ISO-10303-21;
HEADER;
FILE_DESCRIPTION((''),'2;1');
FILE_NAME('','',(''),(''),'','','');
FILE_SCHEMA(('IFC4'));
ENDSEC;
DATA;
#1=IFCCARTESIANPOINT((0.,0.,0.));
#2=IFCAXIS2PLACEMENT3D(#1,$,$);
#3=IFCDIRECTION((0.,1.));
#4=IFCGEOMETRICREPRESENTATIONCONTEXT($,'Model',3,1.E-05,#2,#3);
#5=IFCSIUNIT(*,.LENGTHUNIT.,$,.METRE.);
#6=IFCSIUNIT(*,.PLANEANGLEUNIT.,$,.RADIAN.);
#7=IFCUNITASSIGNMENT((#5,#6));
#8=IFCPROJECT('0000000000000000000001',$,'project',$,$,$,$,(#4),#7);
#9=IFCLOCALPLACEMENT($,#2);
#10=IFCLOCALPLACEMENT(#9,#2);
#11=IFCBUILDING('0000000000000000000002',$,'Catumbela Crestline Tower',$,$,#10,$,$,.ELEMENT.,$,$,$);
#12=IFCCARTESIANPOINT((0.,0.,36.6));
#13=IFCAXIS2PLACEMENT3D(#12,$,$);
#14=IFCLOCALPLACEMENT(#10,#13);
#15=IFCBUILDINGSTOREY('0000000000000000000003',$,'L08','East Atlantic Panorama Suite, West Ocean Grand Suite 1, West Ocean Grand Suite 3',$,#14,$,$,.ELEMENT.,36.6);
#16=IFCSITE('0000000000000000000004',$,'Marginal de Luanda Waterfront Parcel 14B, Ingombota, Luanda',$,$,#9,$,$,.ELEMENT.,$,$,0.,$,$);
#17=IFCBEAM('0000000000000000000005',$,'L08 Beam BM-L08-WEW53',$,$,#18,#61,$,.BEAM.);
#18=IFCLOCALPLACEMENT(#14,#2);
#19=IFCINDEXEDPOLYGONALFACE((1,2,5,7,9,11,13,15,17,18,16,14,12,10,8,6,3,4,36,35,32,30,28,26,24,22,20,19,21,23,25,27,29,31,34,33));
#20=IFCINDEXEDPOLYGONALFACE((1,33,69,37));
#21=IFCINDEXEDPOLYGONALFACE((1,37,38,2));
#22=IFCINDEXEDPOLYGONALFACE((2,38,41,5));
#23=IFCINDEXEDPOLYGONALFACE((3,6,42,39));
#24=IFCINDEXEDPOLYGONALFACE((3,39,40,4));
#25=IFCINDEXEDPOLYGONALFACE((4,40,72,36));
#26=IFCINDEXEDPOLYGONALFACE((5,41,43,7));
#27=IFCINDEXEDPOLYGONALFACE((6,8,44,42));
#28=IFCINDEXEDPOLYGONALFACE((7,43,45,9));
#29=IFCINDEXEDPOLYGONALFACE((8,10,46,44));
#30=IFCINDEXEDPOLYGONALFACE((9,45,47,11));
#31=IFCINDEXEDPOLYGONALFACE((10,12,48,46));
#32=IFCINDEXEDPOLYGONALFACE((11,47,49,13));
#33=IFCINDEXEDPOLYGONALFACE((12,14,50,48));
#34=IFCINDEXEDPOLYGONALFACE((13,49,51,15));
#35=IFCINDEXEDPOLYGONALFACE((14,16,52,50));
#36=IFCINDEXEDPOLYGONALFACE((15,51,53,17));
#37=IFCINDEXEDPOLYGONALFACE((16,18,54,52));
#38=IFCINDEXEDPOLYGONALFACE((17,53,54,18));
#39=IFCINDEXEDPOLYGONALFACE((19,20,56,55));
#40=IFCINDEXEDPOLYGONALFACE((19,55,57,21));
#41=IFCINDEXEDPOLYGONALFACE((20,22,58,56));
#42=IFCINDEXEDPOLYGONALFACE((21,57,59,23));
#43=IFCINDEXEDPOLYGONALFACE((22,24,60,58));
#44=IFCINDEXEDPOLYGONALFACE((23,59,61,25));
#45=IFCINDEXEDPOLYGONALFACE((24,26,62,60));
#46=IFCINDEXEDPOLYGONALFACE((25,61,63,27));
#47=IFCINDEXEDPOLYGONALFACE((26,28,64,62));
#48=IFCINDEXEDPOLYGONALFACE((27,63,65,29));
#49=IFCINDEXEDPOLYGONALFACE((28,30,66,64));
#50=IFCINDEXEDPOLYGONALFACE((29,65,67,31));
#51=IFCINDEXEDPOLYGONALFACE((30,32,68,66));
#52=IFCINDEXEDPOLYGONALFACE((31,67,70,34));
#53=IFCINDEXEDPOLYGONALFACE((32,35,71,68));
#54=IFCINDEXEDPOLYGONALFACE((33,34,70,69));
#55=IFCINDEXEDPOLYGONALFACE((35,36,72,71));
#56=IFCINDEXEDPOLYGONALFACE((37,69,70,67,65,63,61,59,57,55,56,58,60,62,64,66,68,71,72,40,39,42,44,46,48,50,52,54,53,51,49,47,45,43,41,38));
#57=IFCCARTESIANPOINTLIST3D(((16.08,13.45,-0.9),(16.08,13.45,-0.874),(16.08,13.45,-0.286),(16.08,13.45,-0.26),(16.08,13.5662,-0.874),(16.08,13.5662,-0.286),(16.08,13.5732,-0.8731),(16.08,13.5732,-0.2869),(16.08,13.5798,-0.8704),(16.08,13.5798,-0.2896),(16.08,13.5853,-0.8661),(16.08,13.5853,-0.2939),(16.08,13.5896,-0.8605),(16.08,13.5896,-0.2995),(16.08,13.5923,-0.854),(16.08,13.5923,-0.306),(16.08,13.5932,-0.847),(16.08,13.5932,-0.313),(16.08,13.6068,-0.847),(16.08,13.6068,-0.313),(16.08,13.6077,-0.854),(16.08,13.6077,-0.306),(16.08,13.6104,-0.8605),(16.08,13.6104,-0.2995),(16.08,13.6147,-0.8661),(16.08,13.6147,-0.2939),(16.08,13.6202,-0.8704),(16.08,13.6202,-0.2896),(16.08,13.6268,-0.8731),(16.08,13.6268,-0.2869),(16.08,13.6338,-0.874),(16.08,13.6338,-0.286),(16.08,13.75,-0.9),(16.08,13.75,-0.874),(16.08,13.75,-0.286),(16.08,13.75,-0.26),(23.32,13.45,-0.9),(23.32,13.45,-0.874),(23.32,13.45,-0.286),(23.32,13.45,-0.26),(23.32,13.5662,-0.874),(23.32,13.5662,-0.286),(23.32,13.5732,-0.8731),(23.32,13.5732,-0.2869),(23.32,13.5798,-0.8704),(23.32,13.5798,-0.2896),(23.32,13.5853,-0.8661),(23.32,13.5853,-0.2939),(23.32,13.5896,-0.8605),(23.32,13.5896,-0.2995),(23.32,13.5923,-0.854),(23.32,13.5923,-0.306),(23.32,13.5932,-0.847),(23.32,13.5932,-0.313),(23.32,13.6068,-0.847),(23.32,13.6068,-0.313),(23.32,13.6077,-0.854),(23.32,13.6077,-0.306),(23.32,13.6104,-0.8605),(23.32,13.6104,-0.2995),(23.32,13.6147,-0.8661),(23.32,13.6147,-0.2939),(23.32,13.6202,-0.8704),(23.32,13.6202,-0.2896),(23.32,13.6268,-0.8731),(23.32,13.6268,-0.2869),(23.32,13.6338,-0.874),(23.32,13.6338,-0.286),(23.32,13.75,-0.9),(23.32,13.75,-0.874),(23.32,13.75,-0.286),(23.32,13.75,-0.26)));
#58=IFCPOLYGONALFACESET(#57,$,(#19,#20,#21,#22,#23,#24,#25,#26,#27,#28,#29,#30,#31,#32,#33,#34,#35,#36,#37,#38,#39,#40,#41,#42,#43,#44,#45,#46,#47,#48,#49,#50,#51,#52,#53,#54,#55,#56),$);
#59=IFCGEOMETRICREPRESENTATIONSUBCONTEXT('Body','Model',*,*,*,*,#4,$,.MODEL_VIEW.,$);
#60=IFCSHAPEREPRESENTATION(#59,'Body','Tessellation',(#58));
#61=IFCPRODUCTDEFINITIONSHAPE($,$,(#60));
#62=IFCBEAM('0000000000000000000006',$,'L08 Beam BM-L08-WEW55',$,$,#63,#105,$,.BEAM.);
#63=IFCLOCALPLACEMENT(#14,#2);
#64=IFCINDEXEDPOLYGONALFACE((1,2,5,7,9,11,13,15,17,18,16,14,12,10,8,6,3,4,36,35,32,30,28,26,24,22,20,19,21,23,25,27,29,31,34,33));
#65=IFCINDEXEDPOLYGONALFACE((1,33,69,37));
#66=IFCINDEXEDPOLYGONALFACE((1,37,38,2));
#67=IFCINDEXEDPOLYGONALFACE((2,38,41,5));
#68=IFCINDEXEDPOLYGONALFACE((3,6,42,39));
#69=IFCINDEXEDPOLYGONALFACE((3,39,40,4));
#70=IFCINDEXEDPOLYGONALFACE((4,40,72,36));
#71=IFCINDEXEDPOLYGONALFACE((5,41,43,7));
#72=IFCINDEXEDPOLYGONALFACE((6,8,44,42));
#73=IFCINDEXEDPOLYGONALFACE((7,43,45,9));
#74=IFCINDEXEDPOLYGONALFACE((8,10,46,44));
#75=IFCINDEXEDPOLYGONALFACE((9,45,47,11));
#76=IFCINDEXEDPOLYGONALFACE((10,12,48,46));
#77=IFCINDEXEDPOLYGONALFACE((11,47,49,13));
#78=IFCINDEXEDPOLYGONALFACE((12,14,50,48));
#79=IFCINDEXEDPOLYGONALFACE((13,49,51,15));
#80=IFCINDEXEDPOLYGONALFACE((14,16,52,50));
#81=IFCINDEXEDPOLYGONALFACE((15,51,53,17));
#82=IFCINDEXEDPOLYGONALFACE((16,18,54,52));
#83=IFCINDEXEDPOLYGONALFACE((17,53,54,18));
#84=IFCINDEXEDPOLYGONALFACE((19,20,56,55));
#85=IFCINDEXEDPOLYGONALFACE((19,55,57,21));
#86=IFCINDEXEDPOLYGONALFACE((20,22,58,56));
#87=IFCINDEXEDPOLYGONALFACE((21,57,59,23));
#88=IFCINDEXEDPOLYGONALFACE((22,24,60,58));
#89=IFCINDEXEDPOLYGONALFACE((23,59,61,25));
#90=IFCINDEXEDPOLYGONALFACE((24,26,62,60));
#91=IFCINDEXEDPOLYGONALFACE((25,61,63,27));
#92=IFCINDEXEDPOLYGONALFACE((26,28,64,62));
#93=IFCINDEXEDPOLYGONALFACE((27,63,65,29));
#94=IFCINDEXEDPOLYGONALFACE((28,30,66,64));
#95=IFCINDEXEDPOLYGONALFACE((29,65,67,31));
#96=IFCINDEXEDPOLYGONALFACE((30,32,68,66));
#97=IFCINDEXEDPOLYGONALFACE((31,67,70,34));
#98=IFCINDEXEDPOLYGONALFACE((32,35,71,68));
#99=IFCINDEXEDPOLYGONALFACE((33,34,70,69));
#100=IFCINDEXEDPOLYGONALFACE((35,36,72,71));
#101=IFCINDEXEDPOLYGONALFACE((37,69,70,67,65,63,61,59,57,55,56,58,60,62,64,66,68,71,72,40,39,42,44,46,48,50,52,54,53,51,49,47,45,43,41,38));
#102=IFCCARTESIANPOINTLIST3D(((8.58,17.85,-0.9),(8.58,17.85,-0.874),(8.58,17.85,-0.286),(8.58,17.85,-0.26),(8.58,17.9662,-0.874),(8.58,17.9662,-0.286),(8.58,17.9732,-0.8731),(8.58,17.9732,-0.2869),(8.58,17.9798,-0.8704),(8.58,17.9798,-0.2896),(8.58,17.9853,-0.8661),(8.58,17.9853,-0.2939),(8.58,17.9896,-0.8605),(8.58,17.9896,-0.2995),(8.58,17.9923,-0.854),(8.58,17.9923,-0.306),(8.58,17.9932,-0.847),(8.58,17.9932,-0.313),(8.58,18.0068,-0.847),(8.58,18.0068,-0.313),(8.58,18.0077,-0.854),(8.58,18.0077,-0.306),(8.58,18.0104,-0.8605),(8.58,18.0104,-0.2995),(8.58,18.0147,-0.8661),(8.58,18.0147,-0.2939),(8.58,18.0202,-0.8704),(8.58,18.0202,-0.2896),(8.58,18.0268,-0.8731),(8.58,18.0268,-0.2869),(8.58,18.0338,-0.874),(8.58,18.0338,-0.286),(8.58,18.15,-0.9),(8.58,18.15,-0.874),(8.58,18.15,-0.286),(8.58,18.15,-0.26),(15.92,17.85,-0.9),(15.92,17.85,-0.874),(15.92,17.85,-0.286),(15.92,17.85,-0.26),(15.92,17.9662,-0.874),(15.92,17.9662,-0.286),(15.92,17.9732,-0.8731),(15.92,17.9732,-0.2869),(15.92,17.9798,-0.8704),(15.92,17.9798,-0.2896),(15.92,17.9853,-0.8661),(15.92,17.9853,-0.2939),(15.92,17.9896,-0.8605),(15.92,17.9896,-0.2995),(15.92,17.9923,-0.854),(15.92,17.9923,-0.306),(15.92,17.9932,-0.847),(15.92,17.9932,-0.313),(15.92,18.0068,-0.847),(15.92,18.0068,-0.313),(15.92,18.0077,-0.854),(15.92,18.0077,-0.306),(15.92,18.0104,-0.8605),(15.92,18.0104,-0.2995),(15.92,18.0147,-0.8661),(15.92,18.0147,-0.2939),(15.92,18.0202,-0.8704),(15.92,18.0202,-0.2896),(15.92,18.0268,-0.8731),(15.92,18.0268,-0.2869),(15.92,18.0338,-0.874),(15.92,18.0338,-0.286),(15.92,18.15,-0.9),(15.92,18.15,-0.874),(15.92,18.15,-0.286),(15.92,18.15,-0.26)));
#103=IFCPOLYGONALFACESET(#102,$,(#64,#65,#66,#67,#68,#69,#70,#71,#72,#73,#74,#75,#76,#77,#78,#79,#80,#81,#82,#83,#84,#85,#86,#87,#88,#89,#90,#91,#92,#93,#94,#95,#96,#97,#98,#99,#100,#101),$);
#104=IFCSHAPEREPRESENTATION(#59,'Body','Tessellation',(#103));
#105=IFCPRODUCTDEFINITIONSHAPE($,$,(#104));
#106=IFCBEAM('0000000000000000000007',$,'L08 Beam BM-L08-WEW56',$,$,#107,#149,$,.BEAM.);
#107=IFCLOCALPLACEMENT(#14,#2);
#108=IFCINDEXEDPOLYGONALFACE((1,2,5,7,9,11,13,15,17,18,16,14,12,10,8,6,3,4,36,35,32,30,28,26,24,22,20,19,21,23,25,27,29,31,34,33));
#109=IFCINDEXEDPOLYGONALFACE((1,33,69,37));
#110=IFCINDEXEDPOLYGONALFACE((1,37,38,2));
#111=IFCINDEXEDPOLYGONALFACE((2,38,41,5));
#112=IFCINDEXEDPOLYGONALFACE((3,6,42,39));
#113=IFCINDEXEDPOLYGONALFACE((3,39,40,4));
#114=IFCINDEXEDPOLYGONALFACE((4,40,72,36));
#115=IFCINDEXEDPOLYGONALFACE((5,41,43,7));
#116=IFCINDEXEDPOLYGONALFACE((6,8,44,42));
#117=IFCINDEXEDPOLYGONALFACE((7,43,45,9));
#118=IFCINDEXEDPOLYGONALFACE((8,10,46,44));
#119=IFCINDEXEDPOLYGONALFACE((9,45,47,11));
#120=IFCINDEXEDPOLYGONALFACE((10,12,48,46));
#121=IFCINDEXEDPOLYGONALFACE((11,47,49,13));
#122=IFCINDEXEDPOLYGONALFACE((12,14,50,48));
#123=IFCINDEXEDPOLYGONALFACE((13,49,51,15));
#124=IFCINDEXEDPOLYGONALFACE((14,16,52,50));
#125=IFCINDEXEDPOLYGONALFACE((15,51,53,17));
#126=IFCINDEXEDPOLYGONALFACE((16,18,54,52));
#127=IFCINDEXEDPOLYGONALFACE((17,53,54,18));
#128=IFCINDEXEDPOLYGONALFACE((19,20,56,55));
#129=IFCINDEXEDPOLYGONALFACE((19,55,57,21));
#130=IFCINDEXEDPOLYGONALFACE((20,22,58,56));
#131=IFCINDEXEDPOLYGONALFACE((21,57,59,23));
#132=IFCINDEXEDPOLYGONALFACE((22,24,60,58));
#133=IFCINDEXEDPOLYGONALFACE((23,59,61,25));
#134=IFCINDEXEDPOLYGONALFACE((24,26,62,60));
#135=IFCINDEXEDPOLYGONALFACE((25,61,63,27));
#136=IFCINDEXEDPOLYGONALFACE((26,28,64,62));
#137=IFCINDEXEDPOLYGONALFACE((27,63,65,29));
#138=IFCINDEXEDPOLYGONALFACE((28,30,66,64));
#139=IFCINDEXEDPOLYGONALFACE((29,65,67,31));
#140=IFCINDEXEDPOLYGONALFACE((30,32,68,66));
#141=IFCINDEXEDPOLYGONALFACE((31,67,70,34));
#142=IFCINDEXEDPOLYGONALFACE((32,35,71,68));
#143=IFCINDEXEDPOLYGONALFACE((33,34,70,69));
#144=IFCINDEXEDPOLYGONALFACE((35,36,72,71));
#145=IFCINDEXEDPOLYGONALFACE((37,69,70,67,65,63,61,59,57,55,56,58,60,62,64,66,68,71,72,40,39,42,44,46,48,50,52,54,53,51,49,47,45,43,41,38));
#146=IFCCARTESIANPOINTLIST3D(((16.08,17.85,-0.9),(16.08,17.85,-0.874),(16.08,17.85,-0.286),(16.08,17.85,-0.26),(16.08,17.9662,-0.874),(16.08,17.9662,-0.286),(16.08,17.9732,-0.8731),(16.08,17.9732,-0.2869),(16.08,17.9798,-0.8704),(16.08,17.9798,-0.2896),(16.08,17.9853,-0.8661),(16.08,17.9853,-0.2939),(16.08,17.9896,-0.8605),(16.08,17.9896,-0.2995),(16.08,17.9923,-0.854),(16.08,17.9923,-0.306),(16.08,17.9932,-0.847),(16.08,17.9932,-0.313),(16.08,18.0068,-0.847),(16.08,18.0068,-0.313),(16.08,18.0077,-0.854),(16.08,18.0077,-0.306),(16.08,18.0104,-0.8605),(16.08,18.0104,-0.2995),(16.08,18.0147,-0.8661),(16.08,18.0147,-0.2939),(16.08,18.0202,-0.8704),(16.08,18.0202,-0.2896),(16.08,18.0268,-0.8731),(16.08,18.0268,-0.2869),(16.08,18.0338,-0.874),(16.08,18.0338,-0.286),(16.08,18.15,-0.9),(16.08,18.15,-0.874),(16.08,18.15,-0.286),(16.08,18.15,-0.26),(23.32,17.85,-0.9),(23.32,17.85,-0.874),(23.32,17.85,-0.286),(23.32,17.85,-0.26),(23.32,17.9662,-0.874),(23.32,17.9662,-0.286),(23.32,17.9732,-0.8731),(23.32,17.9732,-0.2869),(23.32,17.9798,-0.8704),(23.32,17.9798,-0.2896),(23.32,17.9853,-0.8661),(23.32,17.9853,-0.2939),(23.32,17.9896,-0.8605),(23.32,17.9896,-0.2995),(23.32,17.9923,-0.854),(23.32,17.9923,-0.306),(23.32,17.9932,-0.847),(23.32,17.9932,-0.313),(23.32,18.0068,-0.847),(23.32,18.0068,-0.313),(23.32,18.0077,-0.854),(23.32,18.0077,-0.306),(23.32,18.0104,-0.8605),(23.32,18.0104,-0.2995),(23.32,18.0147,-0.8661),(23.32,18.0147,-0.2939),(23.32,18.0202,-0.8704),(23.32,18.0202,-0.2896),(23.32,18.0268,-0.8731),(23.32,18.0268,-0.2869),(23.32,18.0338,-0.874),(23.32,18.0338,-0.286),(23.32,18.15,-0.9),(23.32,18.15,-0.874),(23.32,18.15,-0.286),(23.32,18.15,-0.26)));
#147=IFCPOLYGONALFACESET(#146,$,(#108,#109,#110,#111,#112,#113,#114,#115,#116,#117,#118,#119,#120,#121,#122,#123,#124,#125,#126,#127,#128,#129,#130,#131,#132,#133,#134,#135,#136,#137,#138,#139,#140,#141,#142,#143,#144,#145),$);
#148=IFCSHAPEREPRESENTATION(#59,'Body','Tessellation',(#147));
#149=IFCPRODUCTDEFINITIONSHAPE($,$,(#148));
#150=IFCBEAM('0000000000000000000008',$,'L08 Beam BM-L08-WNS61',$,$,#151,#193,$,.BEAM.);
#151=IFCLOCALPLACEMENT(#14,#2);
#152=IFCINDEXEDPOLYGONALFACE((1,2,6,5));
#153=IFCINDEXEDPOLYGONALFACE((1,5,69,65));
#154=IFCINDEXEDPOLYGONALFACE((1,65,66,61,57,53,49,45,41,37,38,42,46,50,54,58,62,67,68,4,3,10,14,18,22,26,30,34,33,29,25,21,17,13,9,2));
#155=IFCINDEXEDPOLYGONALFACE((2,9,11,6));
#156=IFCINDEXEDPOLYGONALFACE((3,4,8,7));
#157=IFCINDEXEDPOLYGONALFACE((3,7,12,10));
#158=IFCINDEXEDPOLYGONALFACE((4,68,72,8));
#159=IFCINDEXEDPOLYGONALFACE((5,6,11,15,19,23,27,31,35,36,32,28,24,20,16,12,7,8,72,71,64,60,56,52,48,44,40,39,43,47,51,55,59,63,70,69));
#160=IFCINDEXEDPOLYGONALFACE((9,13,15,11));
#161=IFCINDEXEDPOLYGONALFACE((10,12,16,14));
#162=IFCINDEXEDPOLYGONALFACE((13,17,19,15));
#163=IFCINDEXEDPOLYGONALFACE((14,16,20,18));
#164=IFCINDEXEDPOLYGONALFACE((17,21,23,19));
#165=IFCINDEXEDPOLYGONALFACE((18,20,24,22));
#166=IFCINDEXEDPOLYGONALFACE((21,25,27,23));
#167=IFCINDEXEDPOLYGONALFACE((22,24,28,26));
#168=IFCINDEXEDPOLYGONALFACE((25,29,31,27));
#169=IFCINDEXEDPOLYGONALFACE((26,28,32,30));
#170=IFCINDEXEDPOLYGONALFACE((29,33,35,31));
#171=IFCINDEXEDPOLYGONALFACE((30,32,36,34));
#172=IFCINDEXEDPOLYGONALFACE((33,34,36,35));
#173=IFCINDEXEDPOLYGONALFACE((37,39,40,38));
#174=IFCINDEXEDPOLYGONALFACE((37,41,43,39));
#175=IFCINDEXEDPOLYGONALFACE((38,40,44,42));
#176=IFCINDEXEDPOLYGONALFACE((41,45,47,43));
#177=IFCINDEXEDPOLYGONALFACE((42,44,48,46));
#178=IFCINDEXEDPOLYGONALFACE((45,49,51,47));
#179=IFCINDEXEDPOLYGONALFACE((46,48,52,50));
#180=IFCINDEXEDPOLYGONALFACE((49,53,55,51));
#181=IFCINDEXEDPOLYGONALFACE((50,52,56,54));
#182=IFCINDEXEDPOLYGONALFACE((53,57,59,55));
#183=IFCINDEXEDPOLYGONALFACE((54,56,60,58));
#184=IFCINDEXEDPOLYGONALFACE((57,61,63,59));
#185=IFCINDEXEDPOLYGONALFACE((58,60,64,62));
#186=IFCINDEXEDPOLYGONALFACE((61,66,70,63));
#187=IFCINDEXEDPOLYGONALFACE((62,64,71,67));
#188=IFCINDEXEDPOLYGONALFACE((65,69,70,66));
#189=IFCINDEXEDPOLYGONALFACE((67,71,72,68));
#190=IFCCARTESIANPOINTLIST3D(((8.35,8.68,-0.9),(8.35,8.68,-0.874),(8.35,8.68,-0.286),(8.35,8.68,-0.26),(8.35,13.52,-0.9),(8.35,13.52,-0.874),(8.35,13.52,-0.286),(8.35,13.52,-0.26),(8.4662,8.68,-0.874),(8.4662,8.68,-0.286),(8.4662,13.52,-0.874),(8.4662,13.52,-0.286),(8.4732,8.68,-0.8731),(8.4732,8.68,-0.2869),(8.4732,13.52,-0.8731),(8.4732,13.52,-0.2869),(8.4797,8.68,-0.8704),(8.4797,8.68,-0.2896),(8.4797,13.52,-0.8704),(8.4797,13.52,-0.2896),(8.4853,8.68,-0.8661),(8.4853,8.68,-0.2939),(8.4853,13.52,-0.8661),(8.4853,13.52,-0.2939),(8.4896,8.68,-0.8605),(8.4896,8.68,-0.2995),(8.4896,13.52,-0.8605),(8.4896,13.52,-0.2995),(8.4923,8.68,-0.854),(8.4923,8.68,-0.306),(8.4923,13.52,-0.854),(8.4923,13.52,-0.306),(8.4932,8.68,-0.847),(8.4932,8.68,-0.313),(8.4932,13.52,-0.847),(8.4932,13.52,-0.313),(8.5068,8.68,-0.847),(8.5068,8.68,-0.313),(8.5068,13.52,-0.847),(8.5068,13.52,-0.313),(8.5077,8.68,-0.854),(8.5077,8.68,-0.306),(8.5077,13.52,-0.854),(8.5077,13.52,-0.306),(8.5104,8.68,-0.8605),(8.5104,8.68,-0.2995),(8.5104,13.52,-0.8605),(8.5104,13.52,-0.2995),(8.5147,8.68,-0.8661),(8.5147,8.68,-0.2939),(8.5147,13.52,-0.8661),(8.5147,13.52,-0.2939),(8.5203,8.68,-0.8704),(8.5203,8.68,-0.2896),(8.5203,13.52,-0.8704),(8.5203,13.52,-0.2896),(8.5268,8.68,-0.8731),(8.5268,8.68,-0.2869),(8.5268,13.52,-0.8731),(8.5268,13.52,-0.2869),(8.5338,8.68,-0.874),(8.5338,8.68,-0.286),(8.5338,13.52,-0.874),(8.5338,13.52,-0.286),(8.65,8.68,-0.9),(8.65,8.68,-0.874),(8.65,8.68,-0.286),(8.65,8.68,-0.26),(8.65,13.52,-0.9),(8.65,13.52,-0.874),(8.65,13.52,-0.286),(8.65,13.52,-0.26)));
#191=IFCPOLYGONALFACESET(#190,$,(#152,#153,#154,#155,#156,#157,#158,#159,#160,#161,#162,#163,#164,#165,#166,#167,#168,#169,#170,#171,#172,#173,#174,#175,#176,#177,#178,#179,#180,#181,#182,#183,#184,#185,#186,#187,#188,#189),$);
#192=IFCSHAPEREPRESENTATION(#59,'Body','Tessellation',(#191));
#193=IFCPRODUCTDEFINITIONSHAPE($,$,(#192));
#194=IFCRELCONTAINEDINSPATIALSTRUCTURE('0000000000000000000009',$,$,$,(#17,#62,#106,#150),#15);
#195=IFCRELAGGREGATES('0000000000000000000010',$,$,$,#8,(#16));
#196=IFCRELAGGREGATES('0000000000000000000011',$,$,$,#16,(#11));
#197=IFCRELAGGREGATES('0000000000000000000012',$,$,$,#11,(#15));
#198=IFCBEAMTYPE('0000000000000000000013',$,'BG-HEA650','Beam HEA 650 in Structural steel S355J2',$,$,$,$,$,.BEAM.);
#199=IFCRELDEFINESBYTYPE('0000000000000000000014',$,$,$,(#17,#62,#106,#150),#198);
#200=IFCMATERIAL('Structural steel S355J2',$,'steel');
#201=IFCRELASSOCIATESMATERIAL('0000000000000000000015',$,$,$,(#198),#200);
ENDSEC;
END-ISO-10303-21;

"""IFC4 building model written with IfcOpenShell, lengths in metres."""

from ifc_helpers import new_model, si_unit, direction, frame, origin, origin_2d, place, context, subcontext, project, spatial, i_section, extrude, material, material_profile, profile_set, type_object, element, save


model = new_model("IFC4")

# Units and contexts
model_context = context("Model", 3, precision=1e-05, world=origin(), true_north=direction((0.0, 1.0)))
body_context = subcontext(model_context, "Body", "Model", "MODEL_VIEW")
ifc_project = project(units=[si_unit("LENGTHUNIT", "METRE"), si_unit("PLANEANGLEUNIT", "RADIAN")], contexts=[model_context])

# Site, building, storey
site_placement = place(None, origin())
site = spatial("IfcSite", under=ifc_project, at=site_placement, Name="Marginal de Luanda Waterfront Parcel 14B, Ingombota, Luanda", CompositionType="ELEMENT", RefElevation=0.0)
building_placement = place(site_placement, origin())
building = spatial("IfcBuilding", under=site, at=building_placement, Name="Catumbela Crestline Tower", CompositionType="ELEMENT")
storey_placement = place(building_placement, frame((0.0, 0.0, 36.6)))
storey = spatial("IfcBuildingStorey", under=building, at=storey_placement, Name="L08", Description="East Atlantic Panorama Suite, West Ocean Grand Suite 1, West Ocean Grand Suite 3", CompositionType="ELEMENT", Elevation=36.6)

# Beams
ifc_material_1 = material(Name="Structural steel S355J2", Category="steel")
ifc_material_profile_1 = material_profile(ifc_material_1, i_section(OverallWidth=0.3, OverallDepth=0.64, WebThickness=0.0135, FlangeThickness=0.026, FilletRadius=0.027, at=origin_2d()), Name="HEA 650")
ifc_profile_set_1 = profile_set([ifc_material_profile_1], Name="Structural steel S355J2")
beam_type_1 = type_object("IfcBeamType", Name="BG-HEA650", Description="Beam HEA 650 in Structural steel S355J2", PredefinedType="BEAM", material=ifc_profile_set_1)
beam_1_placement = place(storey_placement, frame((16.08, 13.6, -0.58), z_axis=(1.0, 0.0, 0.0), x_axis=(0.0, 1.0, 0.0)))
element("IfcBeam", 1, at=beam_1_placement, inside=storey, type_object=beam_type_1, Name="L08 Beam BM-L08-WEW53", PredefinedType="BEAM", context=body_context, shape_type="SweptSolid", body=[
    extrude(i_section(OverallWidth=0.3, OverallDepth=0.64, WebThickness=0.0135, FlangeThickness=0.026, FilletRadius=0.027, at=origin_2d()), origin(), (0.0, 0.0, 1.0), 7.24),
])
beam_2_placement = place(storey_placement, frame((8.58, 18.0, -0.58), z_axis=(1.0, 0.0, 0.0), x_axis=(0.0, 1.0, 0.0)))
element("IfcBeam", 2, at=beam_2_placement, inside=storey, type_object=beam_type_1, Name="L08 Beam BM-L08-WEW55", PredefinedType="BEAM", context=body_context, shape_type="SweptSolid", body=[
    extrude(i_section(OverallWidth=0.3, OverallDepth=0.64, WebThickness=0.0135, FlangeThickness=0.026, FilletRadius=0.027, at=origin_2d()), origin(), (0.0, 0.0, 1.0), 7.34),
])
beam_3_placement = place(storey_placement, frame((16.08, 18.0, -0.58), z_axis=(1.0, 0.0, 0.0), x_axis=(0.0, 1.0, 0.0)))
element("IfcBeam", 3, at=beam_3_placement, inside=storey, type_object=beam_type_1, Name="L08 Beam BM-L08-WEW56", PredefinedType="BEAM", context=body_context, shape_type="SweptSolid", body=[
    extrude(i_section(OverallWidth=0.3, OverallDepth=0.64, WebThickness=0.0135, FlangeThickness=0.026, FilletRadius=0.027, at=origin_2d()), origin(), (0.0, 0.0, 1.0), 7.24),
])
beam_4_placement = place(storey_placement, frame((8.5, 8.68, -0.58), z_axis=(0.0, 1.0, 0.0), x_axis=(-1.0, 0.0, 0.0)))
element("IfcBeam", 4, at=beam_4_placement, inside=storey, type_object=beam_type_1, Name="L08 Beam BM-L08-WNS61", PredefinedType="BEAM", context=body_context, shape_type="SweptSolid", body=[
    extrude(i_section(OverallWidth=0.3, OverallDepth=0.64, WebThickness=0.0135, FlangeThickness=0.026, FilletRadius=0.027, at=origin_2d()), origin(), (0.0, 0.0, 1.0), 4.84),
])

save(model, "model.ifc")
